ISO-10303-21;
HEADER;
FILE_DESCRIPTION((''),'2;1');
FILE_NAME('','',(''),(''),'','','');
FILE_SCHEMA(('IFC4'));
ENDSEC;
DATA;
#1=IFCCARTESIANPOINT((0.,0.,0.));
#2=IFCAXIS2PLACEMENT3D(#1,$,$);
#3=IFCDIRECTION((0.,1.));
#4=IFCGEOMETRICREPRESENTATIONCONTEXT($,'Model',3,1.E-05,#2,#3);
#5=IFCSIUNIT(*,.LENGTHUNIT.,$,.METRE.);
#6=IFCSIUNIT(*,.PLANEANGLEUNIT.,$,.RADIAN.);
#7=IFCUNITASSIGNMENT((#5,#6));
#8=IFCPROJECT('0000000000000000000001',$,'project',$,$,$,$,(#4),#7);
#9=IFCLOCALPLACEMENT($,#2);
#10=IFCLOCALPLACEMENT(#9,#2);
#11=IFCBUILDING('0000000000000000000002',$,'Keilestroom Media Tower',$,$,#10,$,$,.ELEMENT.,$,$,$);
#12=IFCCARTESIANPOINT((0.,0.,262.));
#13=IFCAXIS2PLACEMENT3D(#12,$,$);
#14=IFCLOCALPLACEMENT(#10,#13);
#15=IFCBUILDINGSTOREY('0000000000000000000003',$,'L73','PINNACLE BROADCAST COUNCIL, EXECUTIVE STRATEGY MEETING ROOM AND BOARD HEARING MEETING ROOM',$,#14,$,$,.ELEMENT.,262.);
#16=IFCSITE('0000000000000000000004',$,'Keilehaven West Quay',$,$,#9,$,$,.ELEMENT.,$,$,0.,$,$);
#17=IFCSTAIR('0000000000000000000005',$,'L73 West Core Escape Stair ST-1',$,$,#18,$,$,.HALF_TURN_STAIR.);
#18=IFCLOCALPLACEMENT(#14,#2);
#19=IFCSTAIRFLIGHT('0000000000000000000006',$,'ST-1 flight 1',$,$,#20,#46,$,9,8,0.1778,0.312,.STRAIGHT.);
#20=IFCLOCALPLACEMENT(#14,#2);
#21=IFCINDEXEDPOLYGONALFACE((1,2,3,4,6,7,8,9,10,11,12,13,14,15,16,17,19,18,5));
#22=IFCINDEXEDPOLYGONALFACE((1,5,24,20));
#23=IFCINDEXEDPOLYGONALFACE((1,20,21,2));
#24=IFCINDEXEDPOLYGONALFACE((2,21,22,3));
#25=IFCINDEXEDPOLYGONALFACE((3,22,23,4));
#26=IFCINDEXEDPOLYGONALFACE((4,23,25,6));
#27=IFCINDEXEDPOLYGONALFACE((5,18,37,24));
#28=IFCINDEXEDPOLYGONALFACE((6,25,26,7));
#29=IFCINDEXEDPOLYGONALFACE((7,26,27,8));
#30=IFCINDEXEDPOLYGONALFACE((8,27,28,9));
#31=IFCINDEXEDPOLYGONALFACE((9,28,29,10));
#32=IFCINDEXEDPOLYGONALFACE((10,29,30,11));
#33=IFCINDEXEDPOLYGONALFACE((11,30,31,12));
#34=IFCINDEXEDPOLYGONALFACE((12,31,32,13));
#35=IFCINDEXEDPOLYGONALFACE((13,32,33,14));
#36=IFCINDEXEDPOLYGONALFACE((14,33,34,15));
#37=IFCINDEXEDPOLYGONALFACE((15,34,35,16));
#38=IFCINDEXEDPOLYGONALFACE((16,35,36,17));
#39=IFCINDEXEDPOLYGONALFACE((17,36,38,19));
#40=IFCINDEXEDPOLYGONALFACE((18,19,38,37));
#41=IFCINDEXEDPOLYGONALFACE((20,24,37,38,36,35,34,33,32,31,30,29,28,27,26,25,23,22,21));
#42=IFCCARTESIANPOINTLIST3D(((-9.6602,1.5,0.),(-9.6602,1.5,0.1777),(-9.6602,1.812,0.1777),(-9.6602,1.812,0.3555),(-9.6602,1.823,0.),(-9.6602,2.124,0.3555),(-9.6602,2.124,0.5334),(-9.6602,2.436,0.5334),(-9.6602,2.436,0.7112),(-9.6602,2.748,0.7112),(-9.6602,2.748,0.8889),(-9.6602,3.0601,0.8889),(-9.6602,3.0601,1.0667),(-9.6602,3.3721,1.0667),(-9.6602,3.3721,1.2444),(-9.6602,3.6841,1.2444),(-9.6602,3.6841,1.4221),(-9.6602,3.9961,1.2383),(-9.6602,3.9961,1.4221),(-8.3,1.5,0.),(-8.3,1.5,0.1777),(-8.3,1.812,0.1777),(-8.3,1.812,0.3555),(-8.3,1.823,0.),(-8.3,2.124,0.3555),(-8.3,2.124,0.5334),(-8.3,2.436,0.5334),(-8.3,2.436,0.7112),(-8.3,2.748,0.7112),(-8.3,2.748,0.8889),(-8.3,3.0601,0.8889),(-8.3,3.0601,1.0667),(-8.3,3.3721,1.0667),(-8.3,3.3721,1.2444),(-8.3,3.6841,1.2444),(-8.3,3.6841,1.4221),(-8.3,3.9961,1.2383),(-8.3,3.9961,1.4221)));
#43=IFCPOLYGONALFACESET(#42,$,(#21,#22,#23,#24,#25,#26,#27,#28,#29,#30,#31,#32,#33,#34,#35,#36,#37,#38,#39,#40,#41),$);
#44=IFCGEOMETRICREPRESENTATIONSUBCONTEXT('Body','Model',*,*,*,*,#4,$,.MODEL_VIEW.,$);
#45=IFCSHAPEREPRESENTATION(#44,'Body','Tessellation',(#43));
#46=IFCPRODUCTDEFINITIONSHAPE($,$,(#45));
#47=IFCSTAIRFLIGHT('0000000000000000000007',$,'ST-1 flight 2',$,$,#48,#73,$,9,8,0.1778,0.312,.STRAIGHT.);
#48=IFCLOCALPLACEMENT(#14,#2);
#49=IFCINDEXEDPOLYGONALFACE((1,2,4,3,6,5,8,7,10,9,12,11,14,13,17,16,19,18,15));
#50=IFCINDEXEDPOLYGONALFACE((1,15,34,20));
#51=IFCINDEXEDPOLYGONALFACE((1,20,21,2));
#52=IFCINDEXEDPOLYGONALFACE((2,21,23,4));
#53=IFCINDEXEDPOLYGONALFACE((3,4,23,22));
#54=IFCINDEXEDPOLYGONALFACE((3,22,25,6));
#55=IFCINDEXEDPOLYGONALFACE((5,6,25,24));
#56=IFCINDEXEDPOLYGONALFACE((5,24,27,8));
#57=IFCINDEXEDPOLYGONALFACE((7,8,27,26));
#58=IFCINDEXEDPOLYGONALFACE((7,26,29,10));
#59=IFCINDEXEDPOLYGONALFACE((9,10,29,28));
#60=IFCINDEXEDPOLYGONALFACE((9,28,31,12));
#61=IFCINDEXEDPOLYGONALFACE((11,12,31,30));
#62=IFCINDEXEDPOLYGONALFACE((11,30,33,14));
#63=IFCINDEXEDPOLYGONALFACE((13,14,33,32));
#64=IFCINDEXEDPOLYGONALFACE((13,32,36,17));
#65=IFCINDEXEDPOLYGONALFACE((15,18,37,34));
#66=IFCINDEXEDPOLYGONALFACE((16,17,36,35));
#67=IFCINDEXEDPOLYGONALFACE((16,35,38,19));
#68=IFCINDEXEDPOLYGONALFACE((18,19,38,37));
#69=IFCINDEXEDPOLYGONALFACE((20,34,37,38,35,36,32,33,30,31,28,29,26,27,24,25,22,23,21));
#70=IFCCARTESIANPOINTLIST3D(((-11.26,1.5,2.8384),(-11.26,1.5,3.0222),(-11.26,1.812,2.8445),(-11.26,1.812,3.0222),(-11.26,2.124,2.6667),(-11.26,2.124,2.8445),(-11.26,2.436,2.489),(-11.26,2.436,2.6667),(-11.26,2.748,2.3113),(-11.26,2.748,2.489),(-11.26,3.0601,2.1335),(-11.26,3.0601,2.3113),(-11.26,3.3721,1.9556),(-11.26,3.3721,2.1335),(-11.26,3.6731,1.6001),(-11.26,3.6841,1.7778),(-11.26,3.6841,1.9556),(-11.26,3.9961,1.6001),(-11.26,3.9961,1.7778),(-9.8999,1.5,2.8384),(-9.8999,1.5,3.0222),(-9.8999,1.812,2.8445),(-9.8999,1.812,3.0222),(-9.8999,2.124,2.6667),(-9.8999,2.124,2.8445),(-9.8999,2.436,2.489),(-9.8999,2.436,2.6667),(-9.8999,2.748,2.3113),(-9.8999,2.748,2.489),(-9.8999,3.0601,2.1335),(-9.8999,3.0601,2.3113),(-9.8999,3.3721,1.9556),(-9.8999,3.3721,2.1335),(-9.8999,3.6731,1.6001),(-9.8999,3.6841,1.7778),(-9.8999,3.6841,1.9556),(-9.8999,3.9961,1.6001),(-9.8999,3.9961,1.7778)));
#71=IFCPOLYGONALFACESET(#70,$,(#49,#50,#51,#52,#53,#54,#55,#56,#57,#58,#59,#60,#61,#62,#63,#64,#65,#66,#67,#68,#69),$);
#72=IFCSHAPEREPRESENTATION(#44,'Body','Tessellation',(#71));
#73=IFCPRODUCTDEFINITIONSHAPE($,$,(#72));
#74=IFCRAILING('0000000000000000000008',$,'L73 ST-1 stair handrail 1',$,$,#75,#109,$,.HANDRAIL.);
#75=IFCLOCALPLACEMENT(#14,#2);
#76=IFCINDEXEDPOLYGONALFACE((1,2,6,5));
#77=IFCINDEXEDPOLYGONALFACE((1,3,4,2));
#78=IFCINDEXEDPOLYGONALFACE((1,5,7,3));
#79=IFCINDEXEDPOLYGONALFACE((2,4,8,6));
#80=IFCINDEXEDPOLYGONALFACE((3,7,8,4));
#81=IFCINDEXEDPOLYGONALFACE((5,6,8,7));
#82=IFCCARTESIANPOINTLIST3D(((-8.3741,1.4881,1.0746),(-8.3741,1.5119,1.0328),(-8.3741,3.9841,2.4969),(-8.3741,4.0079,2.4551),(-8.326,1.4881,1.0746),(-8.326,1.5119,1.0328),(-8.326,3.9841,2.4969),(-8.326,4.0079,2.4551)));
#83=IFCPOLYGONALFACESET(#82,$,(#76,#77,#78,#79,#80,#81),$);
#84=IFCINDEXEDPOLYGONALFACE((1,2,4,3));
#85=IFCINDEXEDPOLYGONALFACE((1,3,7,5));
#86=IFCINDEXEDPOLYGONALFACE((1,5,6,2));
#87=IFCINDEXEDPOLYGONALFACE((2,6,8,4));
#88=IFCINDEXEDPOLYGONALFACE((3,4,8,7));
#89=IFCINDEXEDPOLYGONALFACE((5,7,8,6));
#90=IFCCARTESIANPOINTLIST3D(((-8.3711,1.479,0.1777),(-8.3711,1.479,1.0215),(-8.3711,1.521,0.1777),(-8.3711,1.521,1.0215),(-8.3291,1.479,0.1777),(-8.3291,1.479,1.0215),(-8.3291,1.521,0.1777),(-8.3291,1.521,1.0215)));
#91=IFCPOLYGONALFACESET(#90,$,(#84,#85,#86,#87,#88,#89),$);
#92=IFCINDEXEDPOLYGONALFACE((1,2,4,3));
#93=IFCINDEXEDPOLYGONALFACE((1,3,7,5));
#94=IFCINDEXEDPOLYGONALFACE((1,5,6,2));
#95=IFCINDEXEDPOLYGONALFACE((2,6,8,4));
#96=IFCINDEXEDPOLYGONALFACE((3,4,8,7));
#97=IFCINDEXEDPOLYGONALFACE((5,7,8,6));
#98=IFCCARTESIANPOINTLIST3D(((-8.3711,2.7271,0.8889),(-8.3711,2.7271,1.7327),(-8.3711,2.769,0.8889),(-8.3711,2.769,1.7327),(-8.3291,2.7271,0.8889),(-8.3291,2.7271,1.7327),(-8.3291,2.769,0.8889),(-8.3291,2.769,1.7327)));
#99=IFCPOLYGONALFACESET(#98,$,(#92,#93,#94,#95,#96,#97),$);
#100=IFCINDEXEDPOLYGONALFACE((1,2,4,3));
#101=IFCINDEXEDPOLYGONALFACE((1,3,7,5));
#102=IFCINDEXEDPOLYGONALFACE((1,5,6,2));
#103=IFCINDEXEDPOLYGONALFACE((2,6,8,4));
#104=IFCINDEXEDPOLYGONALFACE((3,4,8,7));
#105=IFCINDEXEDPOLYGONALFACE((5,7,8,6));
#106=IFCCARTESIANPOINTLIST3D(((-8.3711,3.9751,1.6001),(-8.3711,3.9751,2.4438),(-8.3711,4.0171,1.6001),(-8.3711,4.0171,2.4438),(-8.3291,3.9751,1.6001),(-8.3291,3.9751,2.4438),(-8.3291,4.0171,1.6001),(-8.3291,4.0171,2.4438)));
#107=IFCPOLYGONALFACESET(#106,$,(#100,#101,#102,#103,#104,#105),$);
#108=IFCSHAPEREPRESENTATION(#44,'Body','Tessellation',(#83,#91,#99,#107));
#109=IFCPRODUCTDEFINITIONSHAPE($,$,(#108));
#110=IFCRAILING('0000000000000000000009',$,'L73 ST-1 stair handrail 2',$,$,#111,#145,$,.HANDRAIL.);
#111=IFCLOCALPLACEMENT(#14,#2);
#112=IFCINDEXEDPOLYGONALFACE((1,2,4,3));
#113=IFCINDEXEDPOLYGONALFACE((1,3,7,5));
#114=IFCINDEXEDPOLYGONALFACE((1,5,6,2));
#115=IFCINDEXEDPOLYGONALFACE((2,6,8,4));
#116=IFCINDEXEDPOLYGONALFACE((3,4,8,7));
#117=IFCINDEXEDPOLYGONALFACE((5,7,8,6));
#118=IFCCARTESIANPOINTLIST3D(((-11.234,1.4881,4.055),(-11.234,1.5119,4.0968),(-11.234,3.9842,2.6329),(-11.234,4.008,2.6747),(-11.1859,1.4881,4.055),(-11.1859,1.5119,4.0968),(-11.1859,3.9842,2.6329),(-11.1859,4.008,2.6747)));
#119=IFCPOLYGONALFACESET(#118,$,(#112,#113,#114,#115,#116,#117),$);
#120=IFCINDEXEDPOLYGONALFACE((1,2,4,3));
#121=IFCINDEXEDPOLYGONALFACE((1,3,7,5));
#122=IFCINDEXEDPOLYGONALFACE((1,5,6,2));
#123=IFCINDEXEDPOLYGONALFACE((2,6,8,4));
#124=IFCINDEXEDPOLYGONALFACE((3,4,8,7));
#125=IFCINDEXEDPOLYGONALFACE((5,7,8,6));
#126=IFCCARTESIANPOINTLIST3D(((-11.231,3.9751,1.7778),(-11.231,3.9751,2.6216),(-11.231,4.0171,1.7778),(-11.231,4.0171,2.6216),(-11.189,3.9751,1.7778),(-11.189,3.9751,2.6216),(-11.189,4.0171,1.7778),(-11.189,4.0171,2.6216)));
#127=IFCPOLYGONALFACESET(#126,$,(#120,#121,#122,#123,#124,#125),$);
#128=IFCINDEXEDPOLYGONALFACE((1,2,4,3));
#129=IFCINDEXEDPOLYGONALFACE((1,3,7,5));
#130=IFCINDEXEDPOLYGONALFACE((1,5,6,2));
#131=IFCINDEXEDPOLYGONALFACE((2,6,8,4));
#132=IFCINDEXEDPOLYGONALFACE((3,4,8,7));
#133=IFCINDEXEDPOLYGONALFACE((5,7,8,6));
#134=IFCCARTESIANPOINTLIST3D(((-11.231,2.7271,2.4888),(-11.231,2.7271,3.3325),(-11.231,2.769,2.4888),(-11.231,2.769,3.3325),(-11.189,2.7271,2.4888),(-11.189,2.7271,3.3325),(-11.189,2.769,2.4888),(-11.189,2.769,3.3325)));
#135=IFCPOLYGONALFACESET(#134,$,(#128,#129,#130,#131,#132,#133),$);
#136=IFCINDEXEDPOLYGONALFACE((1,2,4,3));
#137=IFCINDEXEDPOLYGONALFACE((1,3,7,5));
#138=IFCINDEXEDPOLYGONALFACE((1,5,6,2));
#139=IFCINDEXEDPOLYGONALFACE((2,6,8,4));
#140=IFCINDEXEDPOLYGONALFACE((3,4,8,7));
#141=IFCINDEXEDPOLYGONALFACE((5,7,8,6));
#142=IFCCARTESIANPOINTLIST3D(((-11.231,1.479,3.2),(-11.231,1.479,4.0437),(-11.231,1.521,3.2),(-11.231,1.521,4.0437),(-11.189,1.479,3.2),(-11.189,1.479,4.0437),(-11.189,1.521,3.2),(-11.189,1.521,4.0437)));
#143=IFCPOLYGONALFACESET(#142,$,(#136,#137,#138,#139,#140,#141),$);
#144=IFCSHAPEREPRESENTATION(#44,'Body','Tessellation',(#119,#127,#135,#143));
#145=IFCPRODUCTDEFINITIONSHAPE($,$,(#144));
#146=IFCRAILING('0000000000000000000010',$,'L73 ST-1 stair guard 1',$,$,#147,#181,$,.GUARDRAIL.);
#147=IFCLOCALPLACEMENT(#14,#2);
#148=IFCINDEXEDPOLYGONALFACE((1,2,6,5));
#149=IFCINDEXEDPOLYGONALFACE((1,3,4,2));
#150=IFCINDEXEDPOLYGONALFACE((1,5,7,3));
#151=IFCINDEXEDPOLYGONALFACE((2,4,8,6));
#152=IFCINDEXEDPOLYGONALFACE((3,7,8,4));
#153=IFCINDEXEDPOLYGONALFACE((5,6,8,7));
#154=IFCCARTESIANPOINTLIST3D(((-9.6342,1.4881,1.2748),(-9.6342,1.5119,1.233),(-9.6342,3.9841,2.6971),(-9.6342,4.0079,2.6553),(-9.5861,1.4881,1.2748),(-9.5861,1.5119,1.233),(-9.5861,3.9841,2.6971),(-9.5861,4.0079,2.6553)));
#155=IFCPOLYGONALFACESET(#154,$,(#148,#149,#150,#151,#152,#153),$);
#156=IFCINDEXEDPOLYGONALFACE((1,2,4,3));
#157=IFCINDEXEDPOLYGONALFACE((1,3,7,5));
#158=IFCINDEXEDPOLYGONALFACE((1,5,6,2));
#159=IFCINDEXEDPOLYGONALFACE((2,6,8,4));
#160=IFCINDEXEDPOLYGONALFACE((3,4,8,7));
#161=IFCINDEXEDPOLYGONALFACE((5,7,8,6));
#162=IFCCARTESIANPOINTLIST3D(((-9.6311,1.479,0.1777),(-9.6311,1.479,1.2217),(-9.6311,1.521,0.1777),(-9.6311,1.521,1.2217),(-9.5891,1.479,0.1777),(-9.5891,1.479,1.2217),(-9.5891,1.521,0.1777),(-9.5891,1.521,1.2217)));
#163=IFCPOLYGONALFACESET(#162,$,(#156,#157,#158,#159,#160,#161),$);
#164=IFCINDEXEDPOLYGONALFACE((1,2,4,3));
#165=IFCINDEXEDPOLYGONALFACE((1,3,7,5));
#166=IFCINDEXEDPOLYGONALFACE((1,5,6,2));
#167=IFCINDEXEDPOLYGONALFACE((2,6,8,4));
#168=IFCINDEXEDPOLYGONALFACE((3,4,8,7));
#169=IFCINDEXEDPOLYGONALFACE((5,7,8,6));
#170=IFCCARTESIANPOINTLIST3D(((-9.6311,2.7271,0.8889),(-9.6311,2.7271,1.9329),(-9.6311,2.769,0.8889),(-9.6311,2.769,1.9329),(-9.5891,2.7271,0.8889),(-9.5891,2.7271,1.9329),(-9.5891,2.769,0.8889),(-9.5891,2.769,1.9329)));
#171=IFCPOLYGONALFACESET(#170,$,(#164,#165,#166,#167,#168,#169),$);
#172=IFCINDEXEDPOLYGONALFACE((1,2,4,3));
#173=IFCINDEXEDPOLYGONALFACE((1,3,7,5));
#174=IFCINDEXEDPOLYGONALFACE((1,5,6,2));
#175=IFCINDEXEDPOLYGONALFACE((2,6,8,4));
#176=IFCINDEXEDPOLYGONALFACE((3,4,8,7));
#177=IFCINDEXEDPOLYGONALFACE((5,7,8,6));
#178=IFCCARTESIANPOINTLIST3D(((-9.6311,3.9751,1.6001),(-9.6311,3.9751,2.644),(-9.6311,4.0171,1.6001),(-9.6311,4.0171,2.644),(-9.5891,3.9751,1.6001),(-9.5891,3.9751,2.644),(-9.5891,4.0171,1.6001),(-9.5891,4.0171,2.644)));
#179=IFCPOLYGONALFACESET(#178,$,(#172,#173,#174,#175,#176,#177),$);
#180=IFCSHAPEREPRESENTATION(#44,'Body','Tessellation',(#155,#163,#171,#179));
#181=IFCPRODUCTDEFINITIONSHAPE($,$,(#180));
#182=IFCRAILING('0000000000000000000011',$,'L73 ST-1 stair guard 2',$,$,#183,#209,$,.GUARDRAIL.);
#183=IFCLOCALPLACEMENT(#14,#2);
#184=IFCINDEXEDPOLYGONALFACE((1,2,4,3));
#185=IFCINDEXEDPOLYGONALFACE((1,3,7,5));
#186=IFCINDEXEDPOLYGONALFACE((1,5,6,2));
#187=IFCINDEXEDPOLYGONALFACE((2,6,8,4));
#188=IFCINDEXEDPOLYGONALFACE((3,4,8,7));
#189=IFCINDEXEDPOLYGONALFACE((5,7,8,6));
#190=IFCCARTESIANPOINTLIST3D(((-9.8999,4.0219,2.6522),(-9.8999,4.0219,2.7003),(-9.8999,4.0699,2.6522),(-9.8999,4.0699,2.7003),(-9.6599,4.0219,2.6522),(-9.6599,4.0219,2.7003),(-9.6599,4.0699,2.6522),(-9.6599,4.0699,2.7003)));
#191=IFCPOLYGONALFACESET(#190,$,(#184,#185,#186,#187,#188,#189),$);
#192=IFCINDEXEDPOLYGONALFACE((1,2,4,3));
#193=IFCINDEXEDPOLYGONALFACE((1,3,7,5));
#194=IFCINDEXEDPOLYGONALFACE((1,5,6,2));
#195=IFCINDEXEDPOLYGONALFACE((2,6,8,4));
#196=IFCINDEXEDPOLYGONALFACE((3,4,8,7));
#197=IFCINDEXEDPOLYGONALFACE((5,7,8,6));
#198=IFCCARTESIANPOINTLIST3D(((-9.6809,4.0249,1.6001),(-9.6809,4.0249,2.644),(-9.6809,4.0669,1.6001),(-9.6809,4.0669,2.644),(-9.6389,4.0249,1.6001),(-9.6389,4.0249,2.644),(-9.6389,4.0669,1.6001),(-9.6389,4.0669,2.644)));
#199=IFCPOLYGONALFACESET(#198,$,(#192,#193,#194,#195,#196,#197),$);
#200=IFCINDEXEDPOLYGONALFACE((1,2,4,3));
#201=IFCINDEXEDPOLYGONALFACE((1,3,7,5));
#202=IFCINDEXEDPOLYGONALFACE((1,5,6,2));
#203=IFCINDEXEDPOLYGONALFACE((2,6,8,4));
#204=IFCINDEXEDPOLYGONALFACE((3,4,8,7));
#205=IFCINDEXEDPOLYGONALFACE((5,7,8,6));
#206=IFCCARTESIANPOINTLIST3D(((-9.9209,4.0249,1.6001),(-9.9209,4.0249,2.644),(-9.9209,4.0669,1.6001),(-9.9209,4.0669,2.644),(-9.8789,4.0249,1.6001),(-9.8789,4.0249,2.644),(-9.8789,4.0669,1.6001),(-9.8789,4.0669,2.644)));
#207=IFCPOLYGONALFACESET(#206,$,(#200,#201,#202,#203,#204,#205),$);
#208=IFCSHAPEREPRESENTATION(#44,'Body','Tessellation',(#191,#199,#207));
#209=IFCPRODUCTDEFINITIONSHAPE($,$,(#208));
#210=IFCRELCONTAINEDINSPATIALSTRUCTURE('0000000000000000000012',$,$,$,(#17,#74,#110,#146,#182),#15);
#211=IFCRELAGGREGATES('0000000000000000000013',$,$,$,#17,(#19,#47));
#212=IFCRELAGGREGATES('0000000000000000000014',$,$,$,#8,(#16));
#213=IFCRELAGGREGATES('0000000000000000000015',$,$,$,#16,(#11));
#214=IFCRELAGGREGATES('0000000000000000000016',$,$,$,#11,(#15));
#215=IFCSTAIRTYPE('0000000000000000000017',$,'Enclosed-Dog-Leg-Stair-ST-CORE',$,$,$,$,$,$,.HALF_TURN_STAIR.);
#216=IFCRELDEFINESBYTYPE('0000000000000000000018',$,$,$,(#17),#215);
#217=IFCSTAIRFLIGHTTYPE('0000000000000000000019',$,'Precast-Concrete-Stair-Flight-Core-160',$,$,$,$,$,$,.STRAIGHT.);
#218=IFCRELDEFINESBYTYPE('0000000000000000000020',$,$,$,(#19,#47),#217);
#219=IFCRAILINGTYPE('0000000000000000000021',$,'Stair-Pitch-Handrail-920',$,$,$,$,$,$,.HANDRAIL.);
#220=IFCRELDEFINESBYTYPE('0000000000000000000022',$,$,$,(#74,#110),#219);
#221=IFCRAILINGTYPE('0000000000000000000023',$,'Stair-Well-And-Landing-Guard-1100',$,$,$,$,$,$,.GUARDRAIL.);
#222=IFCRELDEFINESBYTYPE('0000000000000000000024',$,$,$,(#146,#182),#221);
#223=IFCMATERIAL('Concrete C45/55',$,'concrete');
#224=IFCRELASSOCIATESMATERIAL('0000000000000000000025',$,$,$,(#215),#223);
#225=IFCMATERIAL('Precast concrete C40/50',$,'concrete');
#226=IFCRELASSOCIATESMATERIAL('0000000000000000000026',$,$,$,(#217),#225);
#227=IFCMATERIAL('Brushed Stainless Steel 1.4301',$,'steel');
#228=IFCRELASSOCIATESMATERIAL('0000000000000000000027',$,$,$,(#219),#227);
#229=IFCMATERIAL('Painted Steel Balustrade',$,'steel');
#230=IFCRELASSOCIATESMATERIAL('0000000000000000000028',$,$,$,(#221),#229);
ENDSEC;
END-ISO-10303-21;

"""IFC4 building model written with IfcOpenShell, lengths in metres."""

from ifc_helpers import new_model, si_unit, direction, frame, origin, origin_2d, place, context, subcontext, project, spatial, polyline, rectangle, outline, extrude, material, type_object, element, aggregate, save


model = new_model("IFC4")

# Units and contexts
model_context = context("Model", 3, precision=1e-05, world=origin(), true_north=direction((0.0, 1.0)))
body_context = subcontext(model_context, "Body", "Model", "MODEL_VIEW")
ifc_project = project(units=[si_unit("LENGTHUNIT", "METRE"), si_unit("PLANEANGLEUNIT", "RADIAN")], contexts=[model_context])

# Site, building, storey
site_placement = place(None, origin())
site = spatial("IfcSite", under=ifc_project, at=site_placement, Name="Keilehaven West Quay", CompositionType="ELEMENT", RefElevation=0.0)
building_placement = place(site_placement, origin())
building = spatial("IfcBuilding", under=site, at=building_placement, Name="Keilestroom Media Tower", CompositionType="ELEMENT")
storey_placement = place(building_placement, frame((0.0, 0.0, 262.0)))
storey = spatial("IfcBuildingStorey", under=building, at=storey_placement, Name="L73", Description="PINNACLE BROADCAST COUNCIL, EXECUTIVE STRATEGY MEETING ROOM AND BOARD HEARING MEETING ROOM", CompositionType="ELEMENT", Elevation=262.0)

# Shared definitions
ifc_material_1 = material(Name="Precast concrete C40/50", Category="concrete")

# Stair, stair flights
ifc_material_2 = material(Name="Concrete C45/55", Category="concrete")
stair_type = type_object("IfcStairType", Name="Enclosed-Dog-Leg-Stair-ST-CORE", PredefinedType="HALF_TURN_STAIR", material=ifc_material_2)
stair_placement = place(storey_placement, origin())
stair = element("IfcStair", 1, at=stair_placement, inside=storey, type_object=stair_type, Name="L73 West Core Escape Stair ST-1", PredefinedType="HALF_TURN_STAIR")
stair_flight_type = type_object("IfcStairFlightType", Name="Precast-Concrete-Stair-Flight-Core-160", PredefinedType="STRAIGHT", material=ifc_material_1)
stair_flight_1_placement = place(storey_placement, frame((-8.98, 1.5, 0.0), z_axis=(0.0, 0.0, 1.0), x_axis=(0.0, 1.0, 0.0)))
stair_flight_1 = element("IfcStairFlight", 2, at=stair_flight_1_placement, type_object=stair_flight_type, Name="ST-1 flight 1", NumberOfRisers=9, NumberOfTreads=8, PredefinedType="STRAIGHT", RiserHeight=0.1778, TreadLength=0.312, context=body_context, shape_type="SweptSolid", body=[
    extrude(outline(polyline([(0.0, 0.0), (0.0, 0.1777), (0.312, 0.1777), (0.312, 0.3555), (0.624, 0.3555), (0.624, 0.5334), (0.936, 0.5334), (0.936, 0.7112), (1.248, 0.7112), (1.248, 0.8889), (1.5601, 0.8889), (1.5601, 1.0667), (1.8721, 1.0667), (1.8721, 1.2444), (2.1841, 1.2444), (2.1841, 1.4221), (2.4961, 1.4221), (2.4961, 1.6001), (2.4961, 1.2383), (0.323, 0.0), (0.0, 0.0)])), frame((0.0, 0.6802, 0.0), z_axis=(0.0, -1.0, 0.0), x_axis=(1.0, 0.0, 0.0)), (0.0, 0.0, 1.0), 1.3601),
])
stair_flight_2_placement = place(storey_placement, frame((-10.5801, 3.9961, 1.6001), z_axis=(0.0, 0.0, 1.0), x_axis=(0.0, -1.0, 0.0)))
stair_flight_2 = element("IfcStairFlight", 3, at=stair_flight_2_placement, type_object=stair_flight_type, Name="ST-1 flight 2", NumberOfRisers=9, NumberOfTreads=8, PredefinedType="STRAIGHT", RiserHeight=0.1778, TreadLength=0.312, context=body_context, shape_type="SweptSolid", body=[
    extrude(outline(polyline([(0.0, 0.0), (0.0, 0.1777), (0.312, 0.1777), (0.312, 0.3555), (0.624, 0.3555), (0.624, 0.5334), (0.936, 0.5334), (0.936, 0.7112), (1.248, 0.7112), (1.248, 0.8889), (1.5601, 0.8889), (1.5601, 1.0667), (1.8721, 1.0667), (1.8721, 1.2444), (2.1841, 1.2444), (2.1841, 1.4221), (2.4961, 1.4221), (2.4961, 1.6001), (2.4961, 1.2383), (0.323, 0.0), (0.0, 0.0)])), frame((0.0, 0.6802, 0.0), z_axis=(0.0, -1.0, 0.0), x_axis=(1.0, 0.0, 0.0)), (0.0, 0.0, 1.0), 1.3601),
])
aggregate(stair, [stair_flight_1, stair_flight_2])

# Railings
ifc_material_3 = material(Name="Brushed Stainless Steel 1.4301", Category="steel")
railing_type_1 = type_object("IfcRailingType", Name="Stair-Pitch-Handrail-920", PredefinedType="HANDRAIL", material=ifc_material_3)
railing_1_placement = place(storey_placement, frame((-8.3501, 1.5, 0.1777)))
element("IfcRailing", 4, at=railing_1_placement, inside=storey, type_object=railing_type_1, Name="L73 ST-1 stair handrail 1", PredefinedType="HANDRAIL", context=body_context, shape_type="SweptSolid", body=[
    extrude(rectangle(XDim=0.0481, YDim=0.0481, at=origin_2d()), frame((0.0, 0.0, 0.876), z_axis=(0.0, 0.868839, 0.495095), x_axis=(-1.0, 0.0, 0.0)), (0.0, 0.0, 1.0), 2.8728),
    extrude(rectangle(XDim=0.042, YDim=0.042, at=origin_2d()), origin(), (0.0, 0.0, 1.0), 0.8438),
    extrude(rectangle(XDim=0.042, YDim=0.042, at=origin_2d()), frame((0.0, 1.248, 0.7112)), (0.0, 0.0, 1.0), 0.8438),
    extrude(rectangle(XDim=0.042, YDim=0.042, at=origin_2d()), frame((0.0, 2.4961, 1.4224)), (0.0, 0.0, 1.0), 0.8438),
])
railing_2_placement = place(storey_placement, frame((-11.21, 3.9961, 1.7778)))
element("IfcRailing", 5, at=railing_2_placement, inside=storey, type_object=railing_type_1, Name="L73 ST-1 stair handrail 2", PredefinedType="HANDRAIL", context=body_context, shape_type="SweptSolid", body=[
    extrude(rectangle(XDim=0.0481, YDim=0.0481, at=origin_2d()), frame((0.0, 0.0, 0.876), z_axis=(0.0, -0.868875, 0.495031), x_axis=(1.0, 0.0, 0.0)), (0.0, 0.0, 1.0), 2.8728),
    extrude(rectangle(XDim=0.042, YDim=0.042, at=origin_2d()), origin(), (0.0, 0.0, 1.0), 0.8438),
    extrude(rectangle(XDim=0.042, YDim=0.042, at=origin_2d()), frame((0.0, -1.248, 0.7109)), (0.0, 0.0, 1.0), 0.8438),
    extrude(rectangle(XDim=0.042, YDim=0.042, at=origin_2d()), frame((0.0, -2.4961, 1.4221)), (0.0, 0.0, 1.0), 0.8438),
])
ifc_material_4 = material(Name="Painted Steel Balustrade", Category="steel")
railing_type_2 = type_object("IfcRailingType", Name="Stair-Well-And-Landing-Guard-1100", PredefinedType="GUARDRAIL", material=ifc_material_4)
railing_3_placement = place(storey_placement, frame((-9.6101, 1.5, 0.1777)))
element("IfcRailing", 6, at=railing_3_placement, inside=storey, type_object=railing_type_2, Name="L73 ST-1 stair guard 1", PredefinedType="GUARDRAIL", context=body_context, shape_type="SweptSolid", body=[
    extrude(rectangle(XDim=0.0481, YDim=0.0481, at=origin_2d()), frame((0.0, 0.0, 1.0762), z_axis=(0.0, 0.868839, 0.495095), x_axis=(-1.0, 0.0, 0.0)), (0.0, 0.0, 1.0), 2.8728),
    extrude(rectangle(XDim=0.042, YDim=0.042, at=origin_2d()), origin(), (0.0, 0.0, 1.0), 1.0439),
    extrude(rectangle(XDim=0.042, YDim=0.042, at=origin_2d()), frame((0.0, 1.248, 0.7112)), (0.0, 0.0, 1.0), 1.0439),
    extrude(rectangle(XDim=0.042, YDim=0.042, at=origin_2d()), frame((0.0, 2.4961, 1.4224)), (0.0, 0.0, 1.0), 1.0439),
])
railing_4_placement = place(storey_placement, frame((-9.6599, 4.0459, 1.6001)))
element("IfcRailing", 7, at=railing_4_placement, inside=storey, type_object=railing_type_2, Name="L73 ST-1 stair guard 2", PredefinedType="GUARDRAIL", context=body_context, shape_type="SweptSolid", body=[
    extrude(rectangle(XDim=0.0481, YDim=0.0481, at=origin_2d()), frame((0.0, 0.0, 1.0762), z_axis=(-1.0, 0.0, 0.0), x_axis=(0.0, -1.0, 0.0)), (0.0, 0.0, 1.0), 0.24),
    extrude(rectangle(XDim=0.042, YDim=0.042, at=origin_2d()), origin(), (0.0, 0.0, 1.0), 1.0439),
    extrude(rectangle(XDim=0.042, YDim=0.042, at=origin_2d()), frame((-0.24, 0.0, 0.0)), (0.0, 0.0, 1.0), 1.0439),
])

save(model, "model.ifc")
